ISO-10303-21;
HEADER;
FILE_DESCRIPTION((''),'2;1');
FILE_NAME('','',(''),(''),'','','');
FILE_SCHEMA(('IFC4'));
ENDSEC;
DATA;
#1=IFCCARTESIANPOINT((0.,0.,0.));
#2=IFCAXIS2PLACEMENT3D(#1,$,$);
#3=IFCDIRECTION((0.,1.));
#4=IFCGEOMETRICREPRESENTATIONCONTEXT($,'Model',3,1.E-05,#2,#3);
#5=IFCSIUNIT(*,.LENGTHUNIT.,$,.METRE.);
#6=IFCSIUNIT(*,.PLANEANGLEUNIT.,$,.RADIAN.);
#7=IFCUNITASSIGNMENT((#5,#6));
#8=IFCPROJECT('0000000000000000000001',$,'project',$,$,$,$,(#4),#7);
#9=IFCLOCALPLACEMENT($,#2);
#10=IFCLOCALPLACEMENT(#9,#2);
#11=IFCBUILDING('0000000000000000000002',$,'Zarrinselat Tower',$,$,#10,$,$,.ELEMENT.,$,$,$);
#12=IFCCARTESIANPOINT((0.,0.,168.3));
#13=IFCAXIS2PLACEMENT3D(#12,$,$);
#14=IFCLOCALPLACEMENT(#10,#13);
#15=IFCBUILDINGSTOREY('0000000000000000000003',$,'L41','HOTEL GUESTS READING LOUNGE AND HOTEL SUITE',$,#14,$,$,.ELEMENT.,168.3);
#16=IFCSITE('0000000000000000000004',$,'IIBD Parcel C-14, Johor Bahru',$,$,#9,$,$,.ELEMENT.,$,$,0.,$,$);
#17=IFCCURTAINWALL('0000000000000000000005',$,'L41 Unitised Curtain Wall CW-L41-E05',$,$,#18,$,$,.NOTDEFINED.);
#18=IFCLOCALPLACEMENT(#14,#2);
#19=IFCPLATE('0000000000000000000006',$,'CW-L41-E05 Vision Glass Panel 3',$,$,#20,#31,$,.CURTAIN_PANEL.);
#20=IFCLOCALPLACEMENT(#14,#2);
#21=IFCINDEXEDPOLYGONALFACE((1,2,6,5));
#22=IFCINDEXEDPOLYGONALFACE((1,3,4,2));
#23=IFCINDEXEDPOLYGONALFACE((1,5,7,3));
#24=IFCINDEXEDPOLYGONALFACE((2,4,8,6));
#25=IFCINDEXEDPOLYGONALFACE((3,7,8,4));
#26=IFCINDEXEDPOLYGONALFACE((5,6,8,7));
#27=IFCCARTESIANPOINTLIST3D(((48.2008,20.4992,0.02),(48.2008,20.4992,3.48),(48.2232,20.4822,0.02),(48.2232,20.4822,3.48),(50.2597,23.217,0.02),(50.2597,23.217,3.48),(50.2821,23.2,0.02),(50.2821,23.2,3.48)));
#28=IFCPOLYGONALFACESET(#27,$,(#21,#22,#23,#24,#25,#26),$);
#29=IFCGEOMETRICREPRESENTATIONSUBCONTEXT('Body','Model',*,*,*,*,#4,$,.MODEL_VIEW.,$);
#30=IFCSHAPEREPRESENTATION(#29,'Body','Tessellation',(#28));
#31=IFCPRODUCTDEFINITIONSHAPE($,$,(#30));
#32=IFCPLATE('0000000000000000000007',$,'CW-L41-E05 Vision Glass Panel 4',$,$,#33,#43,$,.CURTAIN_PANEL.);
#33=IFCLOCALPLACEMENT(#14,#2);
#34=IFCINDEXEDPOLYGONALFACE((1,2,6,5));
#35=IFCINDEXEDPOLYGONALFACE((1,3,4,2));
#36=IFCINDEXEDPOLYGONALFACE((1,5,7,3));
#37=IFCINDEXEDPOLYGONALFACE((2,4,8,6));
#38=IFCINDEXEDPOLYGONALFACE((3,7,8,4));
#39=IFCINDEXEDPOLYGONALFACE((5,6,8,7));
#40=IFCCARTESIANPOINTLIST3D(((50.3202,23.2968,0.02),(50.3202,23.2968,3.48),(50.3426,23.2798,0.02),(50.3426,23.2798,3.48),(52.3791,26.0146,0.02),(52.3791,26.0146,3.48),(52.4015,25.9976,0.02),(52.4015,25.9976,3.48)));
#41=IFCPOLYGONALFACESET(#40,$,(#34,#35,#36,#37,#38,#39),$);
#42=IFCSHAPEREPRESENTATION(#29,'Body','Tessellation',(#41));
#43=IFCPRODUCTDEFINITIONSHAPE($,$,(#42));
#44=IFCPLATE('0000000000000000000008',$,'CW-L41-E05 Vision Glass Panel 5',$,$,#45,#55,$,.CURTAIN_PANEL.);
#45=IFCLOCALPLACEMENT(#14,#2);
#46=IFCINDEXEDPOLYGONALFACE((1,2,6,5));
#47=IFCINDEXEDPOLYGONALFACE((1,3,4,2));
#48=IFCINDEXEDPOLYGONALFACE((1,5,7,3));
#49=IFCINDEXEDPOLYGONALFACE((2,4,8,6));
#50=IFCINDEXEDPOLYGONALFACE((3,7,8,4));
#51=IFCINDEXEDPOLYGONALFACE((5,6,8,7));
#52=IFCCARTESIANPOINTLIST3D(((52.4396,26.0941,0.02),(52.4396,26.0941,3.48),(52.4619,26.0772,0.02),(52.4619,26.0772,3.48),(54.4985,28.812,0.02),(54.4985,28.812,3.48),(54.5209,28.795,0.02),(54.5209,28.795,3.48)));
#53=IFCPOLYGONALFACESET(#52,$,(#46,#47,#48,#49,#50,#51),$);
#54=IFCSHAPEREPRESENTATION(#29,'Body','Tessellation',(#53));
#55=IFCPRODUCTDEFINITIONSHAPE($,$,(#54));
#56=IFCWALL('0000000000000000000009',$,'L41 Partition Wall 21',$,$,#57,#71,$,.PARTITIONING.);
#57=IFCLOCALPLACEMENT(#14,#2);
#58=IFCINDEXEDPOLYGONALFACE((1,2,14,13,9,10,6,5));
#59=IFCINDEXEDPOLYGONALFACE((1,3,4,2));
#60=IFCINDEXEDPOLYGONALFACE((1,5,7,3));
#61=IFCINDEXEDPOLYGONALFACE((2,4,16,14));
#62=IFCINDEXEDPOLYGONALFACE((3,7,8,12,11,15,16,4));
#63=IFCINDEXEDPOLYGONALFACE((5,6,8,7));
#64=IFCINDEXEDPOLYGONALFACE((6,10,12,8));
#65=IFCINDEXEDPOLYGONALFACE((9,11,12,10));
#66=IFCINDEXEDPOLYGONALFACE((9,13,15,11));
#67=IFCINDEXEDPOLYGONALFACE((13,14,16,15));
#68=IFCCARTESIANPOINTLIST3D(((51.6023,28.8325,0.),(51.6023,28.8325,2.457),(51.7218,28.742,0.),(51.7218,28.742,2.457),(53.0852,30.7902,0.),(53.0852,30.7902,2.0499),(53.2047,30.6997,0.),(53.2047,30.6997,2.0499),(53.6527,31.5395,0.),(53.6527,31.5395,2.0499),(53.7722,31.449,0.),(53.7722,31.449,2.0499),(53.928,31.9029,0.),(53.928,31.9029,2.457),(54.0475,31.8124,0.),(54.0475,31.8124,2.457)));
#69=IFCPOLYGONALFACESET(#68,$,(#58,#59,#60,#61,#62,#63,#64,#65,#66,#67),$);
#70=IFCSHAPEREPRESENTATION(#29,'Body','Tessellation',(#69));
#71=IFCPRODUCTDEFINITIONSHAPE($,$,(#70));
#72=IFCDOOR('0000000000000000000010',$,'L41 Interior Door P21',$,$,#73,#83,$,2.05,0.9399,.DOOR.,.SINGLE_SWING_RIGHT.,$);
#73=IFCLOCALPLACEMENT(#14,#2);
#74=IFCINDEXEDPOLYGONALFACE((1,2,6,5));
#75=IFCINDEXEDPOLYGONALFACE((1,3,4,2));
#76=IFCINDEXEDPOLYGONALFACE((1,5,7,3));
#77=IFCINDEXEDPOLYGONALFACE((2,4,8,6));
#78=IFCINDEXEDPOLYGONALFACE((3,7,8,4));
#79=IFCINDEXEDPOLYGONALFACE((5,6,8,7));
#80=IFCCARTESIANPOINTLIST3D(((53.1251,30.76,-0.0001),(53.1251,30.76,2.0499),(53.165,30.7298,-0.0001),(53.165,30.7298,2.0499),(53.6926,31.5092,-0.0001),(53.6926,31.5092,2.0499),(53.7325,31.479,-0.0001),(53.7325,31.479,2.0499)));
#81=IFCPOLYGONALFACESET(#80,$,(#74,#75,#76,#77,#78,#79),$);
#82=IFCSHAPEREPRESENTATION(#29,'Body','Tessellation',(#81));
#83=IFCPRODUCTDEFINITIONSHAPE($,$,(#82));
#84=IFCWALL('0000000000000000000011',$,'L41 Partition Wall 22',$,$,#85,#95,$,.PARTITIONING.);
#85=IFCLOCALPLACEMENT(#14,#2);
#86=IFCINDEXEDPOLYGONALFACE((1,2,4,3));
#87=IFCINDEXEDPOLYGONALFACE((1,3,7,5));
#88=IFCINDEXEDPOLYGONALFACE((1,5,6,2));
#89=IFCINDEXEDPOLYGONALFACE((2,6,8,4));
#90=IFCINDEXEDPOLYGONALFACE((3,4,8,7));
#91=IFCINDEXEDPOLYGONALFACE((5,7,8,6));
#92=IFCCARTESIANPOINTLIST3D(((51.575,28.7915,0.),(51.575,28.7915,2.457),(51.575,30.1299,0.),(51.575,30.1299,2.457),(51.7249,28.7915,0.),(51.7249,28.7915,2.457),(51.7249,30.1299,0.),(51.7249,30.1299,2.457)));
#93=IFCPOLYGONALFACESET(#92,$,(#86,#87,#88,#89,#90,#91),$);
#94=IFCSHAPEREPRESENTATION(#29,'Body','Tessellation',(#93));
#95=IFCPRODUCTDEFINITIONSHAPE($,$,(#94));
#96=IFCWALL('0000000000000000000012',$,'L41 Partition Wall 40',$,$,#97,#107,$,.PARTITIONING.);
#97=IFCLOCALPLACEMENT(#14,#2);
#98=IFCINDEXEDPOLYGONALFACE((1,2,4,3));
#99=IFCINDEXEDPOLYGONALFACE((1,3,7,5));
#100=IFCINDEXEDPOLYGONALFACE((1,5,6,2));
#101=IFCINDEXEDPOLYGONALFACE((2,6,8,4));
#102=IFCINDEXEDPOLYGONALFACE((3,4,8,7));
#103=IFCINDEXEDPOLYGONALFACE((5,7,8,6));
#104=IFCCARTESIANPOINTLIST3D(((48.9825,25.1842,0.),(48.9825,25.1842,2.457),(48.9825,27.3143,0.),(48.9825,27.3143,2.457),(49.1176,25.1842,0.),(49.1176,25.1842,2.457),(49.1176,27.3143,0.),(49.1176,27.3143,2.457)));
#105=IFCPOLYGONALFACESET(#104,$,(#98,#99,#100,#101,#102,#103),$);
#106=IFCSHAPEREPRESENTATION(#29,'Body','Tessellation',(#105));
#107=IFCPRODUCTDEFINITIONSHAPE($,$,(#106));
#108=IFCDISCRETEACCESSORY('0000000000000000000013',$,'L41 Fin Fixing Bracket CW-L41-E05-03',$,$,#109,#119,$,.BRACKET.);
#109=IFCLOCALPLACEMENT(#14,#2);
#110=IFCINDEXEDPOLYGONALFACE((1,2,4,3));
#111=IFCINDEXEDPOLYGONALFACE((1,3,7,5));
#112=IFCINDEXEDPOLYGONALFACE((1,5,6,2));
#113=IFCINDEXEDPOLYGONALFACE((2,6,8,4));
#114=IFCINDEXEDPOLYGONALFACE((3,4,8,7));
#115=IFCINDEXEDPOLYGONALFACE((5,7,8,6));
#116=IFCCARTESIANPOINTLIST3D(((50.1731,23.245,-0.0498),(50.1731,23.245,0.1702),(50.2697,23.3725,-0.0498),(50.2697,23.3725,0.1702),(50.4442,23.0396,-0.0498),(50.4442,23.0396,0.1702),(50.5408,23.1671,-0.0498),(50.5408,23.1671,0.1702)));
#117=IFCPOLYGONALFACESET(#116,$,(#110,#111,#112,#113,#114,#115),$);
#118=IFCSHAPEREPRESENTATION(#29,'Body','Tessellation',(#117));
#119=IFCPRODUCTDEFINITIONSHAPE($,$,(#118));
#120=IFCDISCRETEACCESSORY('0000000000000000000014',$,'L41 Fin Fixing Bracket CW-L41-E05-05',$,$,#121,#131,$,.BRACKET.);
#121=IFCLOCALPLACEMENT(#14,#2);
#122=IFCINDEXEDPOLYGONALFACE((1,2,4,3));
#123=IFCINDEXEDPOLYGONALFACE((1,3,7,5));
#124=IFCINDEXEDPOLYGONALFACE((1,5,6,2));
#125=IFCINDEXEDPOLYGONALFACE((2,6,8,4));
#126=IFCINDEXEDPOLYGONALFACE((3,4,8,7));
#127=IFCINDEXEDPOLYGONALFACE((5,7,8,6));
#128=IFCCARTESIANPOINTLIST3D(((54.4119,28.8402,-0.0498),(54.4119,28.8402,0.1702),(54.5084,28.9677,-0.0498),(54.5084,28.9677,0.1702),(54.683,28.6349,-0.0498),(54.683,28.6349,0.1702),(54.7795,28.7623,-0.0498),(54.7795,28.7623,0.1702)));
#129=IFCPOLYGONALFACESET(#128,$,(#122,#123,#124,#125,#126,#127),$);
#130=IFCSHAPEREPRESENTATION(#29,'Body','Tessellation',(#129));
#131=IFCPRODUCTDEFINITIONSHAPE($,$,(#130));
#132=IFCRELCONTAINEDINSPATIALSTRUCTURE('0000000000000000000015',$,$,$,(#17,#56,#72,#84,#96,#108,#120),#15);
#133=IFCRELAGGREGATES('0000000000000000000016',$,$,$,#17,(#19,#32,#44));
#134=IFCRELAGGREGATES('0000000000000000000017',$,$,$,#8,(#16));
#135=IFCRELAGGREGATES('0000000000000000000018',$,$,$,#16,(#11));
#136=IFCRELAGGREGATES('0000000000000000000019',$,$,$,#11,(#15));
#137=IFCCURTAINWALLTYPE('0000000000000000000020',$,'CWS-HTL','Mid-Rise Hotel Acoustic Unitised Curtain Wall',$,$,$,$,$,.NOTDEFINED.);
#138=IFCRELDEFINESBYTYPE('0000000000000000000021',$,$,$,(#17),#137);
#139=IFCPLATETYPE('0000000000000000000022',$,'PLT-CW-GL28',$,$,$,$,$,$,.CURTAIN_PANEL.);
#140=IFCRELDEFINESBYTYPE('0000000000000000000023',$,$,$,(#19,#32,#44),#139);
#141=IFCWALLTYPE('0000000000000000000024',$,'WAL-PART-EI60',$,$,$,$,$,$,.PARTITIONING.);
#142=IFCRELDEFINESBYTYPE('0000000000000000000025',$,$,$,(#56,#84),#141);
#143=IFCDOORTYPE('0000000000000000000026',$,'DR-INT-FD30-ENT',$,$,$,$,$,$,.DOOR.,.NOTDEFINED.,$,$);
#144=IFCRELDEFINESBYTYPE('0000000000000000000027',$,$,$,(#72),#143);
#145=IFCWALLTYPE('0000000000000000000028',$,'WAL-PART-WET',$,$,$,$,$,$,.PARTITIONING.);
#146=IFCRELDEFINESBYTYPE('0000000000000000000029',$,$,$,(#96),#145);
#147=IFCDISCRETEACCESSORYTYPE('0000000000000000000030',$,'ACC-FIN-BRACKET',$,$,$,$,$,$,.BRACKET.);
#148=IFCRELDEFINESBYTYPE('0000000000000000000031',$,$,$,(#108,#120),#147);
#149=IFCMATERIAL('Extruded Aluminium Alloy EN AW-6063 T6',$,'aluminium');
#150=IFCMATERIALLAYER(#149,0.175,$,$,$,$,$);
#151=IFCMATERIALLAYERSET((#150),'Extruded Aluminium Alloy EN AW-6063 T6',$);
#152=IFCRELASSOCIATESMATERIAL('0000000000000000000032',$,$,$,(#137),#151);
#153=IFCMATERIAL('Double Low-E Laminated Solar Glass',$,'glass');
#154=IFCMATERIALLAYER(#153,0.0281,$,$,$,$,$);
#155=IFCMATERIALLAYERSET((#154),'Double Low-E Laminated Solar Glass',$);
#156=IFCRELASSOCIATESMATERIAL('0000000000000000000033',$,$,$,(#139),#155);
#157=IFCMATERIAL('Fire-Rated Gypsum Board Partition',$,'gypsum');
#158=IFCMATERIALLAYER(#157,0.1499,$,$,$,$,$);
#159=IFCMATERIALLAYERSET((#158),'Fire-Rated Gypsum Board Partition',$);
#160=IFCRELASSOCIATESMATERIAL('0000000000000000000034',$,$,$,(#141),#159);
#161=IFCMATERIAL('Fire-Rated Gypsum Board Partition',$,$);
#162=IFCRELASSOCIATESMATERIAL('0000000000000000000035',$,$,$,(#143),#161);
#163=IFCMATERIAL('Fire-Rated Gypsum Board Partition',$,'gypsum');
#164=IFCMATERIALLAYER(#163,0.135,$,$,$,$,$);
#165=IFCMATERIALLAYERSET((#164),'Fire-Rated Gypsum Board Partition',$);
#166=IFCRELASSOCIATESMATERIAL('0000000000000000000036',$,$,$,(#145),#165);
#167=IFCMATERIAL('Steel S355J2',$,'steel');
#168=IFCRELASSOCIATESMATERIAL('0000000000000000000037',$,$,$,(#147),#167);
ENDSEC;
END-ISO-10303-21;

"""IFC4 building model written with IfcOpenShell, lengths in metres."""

from ifc_helpers import new_model, si_unit, direction, frame, frame_2d, origin, origin_2d, place, context, subcontext, project, spatial, rectangle, extrude, material, layer, layer_set, type_object, element, fill, aggregate, save


model = new_model("IFC4")

# Units and contexts
model_context = context("Model", 3, precision=1e-05, world=origin(), true_north=direction((0.0, 1.0)))
body_context = subcontext(model_context, "Body", "Model", "MODEL_VIEW")
ifc_project = project(units=[si_unit("LENGTHUNIT", "METRE"), si_unit("PLANEANGLEUNIT", "RADIAN")], contexts=[model_context])

# Site, building, storey
site_placement = place(None, origin())
site = spatial("IfcSite", under=ifc_project, at=site_placement, Name="IIBD Parcel C-14, Johor Bahru", CompositionType="ELEMENT", RefElevation=0.0)
building_placement = place(site_placement, origin())
building = spatial("IfcBuilding", under=site, at=building_placement, Name="Zarrinselat Tower", CompositionType="ELEMENT")
storey_placement = place(building_placement, frame((0.0, 0.0, 168.3)))
storey = spatial("IfcBuildingStorey", under=building, at=storey_placement, Name="L41", Description="HOTEL GUESTS READING LOUNGE AND HOTEL SUITE", CompositionType="ELEMENT", Elevation=168.3)

# Curtain wall, plates
ifc_material_1 = material(Name="Extruded Aluminium Alloy EN AW-6063 T6", Category="aluminium")
ifc_layer_1 = layer(ifc_material_1, 0.175)
ifc_layer_set_1 = layer_set([ifc_layer_1], Name="Extruded Aluminium Alloy EN AW-6063 T6")
curtain_wall_type = type_object("IfcCurtainWallType", Name="CWS-HTL", Description="Mid-Rise Hotel Acoustic Unitised Curtain Wall", PredefinedType="NOTDEFINED", material=ifc_layer_set_1)
curtain_wall_placement = place(storey_placement, origin())
curtain_wall = element("IfcCurtainWall", 1, at=curtain_wall_placement, inside=storey, type_object=curtain_wall_type, Name="L41 Unitised Curtain Wall CW-L41-E05", PredefinedType="NOTDEFINED")
ifc_material_2 = material(Name="Double Low-E Laminated Solar Glass", Category="glass")
ifc_layer_2 = layer(ifc_material_2, 0.0281)
ifc_layer_set_2 = layer_set([ifc_layer_2], Name="Double Low-E Laminated Solar Glass")
plate_type = type_object("IfcPlateType", Name="PLT-CW-GL28", PredefinedType="CURTAIN_PANEL", material=ifc_layer_set_2)
plate_1_placement = place(storey_placement, frame((49.2415, 21.8496, 0.02), z_axis=(0.0, 0.0, 1.0), x_axis=(0.603859, 0.797091, 0.0)))
plate_1 = element("IfcPlate", 2, at=plate_1_placement, type_object=plate_type, Name="CW-L41-E05 Vision Glass Panel 3", PredefinedType="CURTAIN_PANEL", context=body_context, shape_type="SweptSolid", body=[
    extrude(rectangle(XDim=3.4097, YDim=0.0281, at=origin_2d()), origin(), (0.0, 0.0, 1.0), 3.46),
])
plate_2_placement = place(storey_placement, frame((51.3608, 24.6472, 0.02), z_axis=(0.0, 0.0, 1.0), x_axis=(0.603859, 0.797091, 0.0)))
plate_2 = element("IfcPlate", 3, at=plate_2_placement, type_object=plate_type, Name="CW-L41-E05 Vision Glass Panel 4", PredefinedType="CURTAIN_PANEL", context=body_context, shape_type="SweptSolid", body=[
    extrude(rectangle(XDim=3.4097, YDim=0.0281, at=origin_2d()), origin(), (0.0, 0.0, 1.0), 3.46),
])
plate_3_placement = place(storey_placement, frame((53.4802, 27.4446, 0.02), z_axis=(0.0, 0.0, 1.0), x_axis=(0.603859, 0.797091, 0.0)))
plate_3 = element("IfcPlate", 4, at=plate_3_placement, type_object=plate_type, Name="CW-L41-E05 Vision Glass Panel 5", PredefinedType="CURTAIN_PANEL", context=body_context, shape_type="SweptSolid", body=[
    extrude(rectangle(XDim=3.4097, YDim=0.0281, at=origin_2d()), origin(), (0.0, 0.0, 1.0), 3.46),
])
aggregate(curtain_wall, [plate_1, plate_2, plate_3])

# Wall, opening, door
ifc_material_3 = material(Name="Fire-Rated Gypsum Board Partition", Category="gypsum")
ifc_layer_3 = layer(ifc_material_3, 0.1499)
ifc_layer_set_3 = layer_set([ifc_layer_3], Name="Fire-Rated Gypsum Board Partition")
wall_type_1 = type_object("IfcWallType", Name="WAL-PART-EI60", PredefinedType="PARTITIONING", material=ifc_layer_set_3)
wall_1_placement = place(storey_placement, frame((51.6621, 28.7874, 0.0), z_axis=(0.0, 0.0, 1.0), x_axis=(0.603806, 0.797131, 0.0)))
wall_1 = element("IfcWall", 5, at=wall_1_placement, inside=storey, type_object=wall_type_1, Name="L41 Partition Wall 21", PredefinedType="PARTITIONING", context=body_context, shape_type="SweptSolid", body=[
    extrude(rectangle(XDim=3.8518, YDim=0.1499, at=frame_2d((1.9258, 0.0))), origin(), (0.0, 0.0, 1.0), 2.457),
])
opening_placement = place(wall_1_placement, frame((2.4558, 0.0, 0.0)))
opening = element("IfcOpeningElement", 6, at=opening_placement, cuts=wall_1, PredefinedType="OPENING", context=body_context, shape_type="SweptSolid", body=[
    extrude(rectangle(XDim=0.9399, YDim=2.05, at=frame_2d((0.47, 1.0249))), frame((0.0, 0.085, 0.0), z_axis=(0.0, -1.0, 0.0), x_axis=(1.0, 0.0, 0.0)), (0.0, 0.0, 1.0), 0.1699),
])
ifc_material_4 = material(Name="Fire-Rated Gypsum Board Partition")
door_type = type_object("IfcDoorType", Name="DR-INT-FD30-ENT", OperationType="NOTDEFINED", PredefinedType="DOOR", material=ifc_material_4)
door_placement = place(opening_placement, origin())
door = element("IfcDoor", 7, at=door_placement, inside=storey, type_object=door_type, Name="L41 Interior Door P21", OperationType="SINGLE_SWING_RIGHT", OverallHeight=2.05, OverallWidth=0.9399, PredefinedType="DOOR", context=body_context, shape_type="SweptSolid", body=[
    extrude(rectangle(XDim=0.9399, YDim=2.05, at=frame_2d((0.47, 1.0249))), frame((0.0, 0.0249, 0.0), z_axis=(0.0, -1.0, 0.0), x_axis=(1.0, 0.0, 0.0)), (0.0, 0.0, 1.0), 0.05),
])
fill(opening, door)

# Walls
wall_2_placement = place(storey_placement, frame((51.6499, 28.7915, 0.0), z_axis=(0.0, 0.0, 1.0), x_axis=(0.0, 1.0, 0.0)))
element("IfcWall", 8, at=wall_2_placement, inside=storey, type_object=wall_type_1, Name="L41 Partition Wall 22", PredefinedType="PARTITIONING", context=body_context, shape_type="SweptSolid", body=[
    extrude(rectangle(XDim=1.3384, YDim=0.1499, at=frame_2d((0.6692, 0.0))), origin(), (0.0, 0.0, 1.0), 2.457),
])
ifc_material_5 = material(Name="Fire-Rated Gypsum Board Partition", Category="gypsum")
ifc_layer_4 = layer(ifc_material_5, 0.135)
ifc_layer_set_4 = layer_set([ifc_layer_4], Name="Fire-Rated Gypsum Board Partition")
wall_type_2 = type_object("IfcWallType", Name="WAL-PART-WET", PredefinedType="PARTITIONING", material=ifc_layer_set_4)
wall_3_placement = place(storey_placement, frame((49.05, 25.1843, 0.0), z_axis=(0.0, 0.0, 1.0), x_axis=(0.0, 1.0, 0.0)))
element("IfcWall", 9, at=wall_3_placement, inside=storey, type_object=wall_type_2, Name="L41 Partition Wall 40", PredefinedType="PARTITIONING", context=body_context, shape_type="SweptSolid", body=[
    extrude(rectangle(XDim=2.1301, YDim=0.135, at=frame_2d((1.0649, 0.0))), origin(), (0.0, 0.0, 1.0), 2.457),
])

# Discrete accessories
ifc_material_6 = material(Name="Steel S355J2", Category="steel")
discrete_accessory_type = type_object("IfcDiscreteAccessoryType", Name="ACC-FIN-BRACKET", PredefinedType="BRACKET", material=ifc_material_6)
for number, where, z_axis, x_axis, name in (
    (10, (50.3569, 23.2061, -0.0498), (0.0, 0.0, 1.0), (0.797091, -0.603859, 0.0), "L41 Fin Fixing Bracket CW-L41-E05-03"),
    (11, (54.5957, 28.8013, -0.0498), (0.0, 0.0, 1.0), (0.797091, -0.603859, 0.0), "L41 Fin Fixing Bracket CW-L41-E05-05"),
):
    element("IfcDiscreteAccessory", number, at=place(storey_placement, frame(where, z_axis=z_axis, x_axis=x_axis)), inside=storey, type_object=discrete_accessory_type, Name=name, PredefinedType="BRACKET", context=body_context, shape_type="SweptSolid", body=[
        extrude(rectangle(XDim=0.3401, YDim=0.1599, at=origin_2d()), origin(), (0.0, 0.0, 1.0), 0.22),
    ])

save(model, "model.ifc")
